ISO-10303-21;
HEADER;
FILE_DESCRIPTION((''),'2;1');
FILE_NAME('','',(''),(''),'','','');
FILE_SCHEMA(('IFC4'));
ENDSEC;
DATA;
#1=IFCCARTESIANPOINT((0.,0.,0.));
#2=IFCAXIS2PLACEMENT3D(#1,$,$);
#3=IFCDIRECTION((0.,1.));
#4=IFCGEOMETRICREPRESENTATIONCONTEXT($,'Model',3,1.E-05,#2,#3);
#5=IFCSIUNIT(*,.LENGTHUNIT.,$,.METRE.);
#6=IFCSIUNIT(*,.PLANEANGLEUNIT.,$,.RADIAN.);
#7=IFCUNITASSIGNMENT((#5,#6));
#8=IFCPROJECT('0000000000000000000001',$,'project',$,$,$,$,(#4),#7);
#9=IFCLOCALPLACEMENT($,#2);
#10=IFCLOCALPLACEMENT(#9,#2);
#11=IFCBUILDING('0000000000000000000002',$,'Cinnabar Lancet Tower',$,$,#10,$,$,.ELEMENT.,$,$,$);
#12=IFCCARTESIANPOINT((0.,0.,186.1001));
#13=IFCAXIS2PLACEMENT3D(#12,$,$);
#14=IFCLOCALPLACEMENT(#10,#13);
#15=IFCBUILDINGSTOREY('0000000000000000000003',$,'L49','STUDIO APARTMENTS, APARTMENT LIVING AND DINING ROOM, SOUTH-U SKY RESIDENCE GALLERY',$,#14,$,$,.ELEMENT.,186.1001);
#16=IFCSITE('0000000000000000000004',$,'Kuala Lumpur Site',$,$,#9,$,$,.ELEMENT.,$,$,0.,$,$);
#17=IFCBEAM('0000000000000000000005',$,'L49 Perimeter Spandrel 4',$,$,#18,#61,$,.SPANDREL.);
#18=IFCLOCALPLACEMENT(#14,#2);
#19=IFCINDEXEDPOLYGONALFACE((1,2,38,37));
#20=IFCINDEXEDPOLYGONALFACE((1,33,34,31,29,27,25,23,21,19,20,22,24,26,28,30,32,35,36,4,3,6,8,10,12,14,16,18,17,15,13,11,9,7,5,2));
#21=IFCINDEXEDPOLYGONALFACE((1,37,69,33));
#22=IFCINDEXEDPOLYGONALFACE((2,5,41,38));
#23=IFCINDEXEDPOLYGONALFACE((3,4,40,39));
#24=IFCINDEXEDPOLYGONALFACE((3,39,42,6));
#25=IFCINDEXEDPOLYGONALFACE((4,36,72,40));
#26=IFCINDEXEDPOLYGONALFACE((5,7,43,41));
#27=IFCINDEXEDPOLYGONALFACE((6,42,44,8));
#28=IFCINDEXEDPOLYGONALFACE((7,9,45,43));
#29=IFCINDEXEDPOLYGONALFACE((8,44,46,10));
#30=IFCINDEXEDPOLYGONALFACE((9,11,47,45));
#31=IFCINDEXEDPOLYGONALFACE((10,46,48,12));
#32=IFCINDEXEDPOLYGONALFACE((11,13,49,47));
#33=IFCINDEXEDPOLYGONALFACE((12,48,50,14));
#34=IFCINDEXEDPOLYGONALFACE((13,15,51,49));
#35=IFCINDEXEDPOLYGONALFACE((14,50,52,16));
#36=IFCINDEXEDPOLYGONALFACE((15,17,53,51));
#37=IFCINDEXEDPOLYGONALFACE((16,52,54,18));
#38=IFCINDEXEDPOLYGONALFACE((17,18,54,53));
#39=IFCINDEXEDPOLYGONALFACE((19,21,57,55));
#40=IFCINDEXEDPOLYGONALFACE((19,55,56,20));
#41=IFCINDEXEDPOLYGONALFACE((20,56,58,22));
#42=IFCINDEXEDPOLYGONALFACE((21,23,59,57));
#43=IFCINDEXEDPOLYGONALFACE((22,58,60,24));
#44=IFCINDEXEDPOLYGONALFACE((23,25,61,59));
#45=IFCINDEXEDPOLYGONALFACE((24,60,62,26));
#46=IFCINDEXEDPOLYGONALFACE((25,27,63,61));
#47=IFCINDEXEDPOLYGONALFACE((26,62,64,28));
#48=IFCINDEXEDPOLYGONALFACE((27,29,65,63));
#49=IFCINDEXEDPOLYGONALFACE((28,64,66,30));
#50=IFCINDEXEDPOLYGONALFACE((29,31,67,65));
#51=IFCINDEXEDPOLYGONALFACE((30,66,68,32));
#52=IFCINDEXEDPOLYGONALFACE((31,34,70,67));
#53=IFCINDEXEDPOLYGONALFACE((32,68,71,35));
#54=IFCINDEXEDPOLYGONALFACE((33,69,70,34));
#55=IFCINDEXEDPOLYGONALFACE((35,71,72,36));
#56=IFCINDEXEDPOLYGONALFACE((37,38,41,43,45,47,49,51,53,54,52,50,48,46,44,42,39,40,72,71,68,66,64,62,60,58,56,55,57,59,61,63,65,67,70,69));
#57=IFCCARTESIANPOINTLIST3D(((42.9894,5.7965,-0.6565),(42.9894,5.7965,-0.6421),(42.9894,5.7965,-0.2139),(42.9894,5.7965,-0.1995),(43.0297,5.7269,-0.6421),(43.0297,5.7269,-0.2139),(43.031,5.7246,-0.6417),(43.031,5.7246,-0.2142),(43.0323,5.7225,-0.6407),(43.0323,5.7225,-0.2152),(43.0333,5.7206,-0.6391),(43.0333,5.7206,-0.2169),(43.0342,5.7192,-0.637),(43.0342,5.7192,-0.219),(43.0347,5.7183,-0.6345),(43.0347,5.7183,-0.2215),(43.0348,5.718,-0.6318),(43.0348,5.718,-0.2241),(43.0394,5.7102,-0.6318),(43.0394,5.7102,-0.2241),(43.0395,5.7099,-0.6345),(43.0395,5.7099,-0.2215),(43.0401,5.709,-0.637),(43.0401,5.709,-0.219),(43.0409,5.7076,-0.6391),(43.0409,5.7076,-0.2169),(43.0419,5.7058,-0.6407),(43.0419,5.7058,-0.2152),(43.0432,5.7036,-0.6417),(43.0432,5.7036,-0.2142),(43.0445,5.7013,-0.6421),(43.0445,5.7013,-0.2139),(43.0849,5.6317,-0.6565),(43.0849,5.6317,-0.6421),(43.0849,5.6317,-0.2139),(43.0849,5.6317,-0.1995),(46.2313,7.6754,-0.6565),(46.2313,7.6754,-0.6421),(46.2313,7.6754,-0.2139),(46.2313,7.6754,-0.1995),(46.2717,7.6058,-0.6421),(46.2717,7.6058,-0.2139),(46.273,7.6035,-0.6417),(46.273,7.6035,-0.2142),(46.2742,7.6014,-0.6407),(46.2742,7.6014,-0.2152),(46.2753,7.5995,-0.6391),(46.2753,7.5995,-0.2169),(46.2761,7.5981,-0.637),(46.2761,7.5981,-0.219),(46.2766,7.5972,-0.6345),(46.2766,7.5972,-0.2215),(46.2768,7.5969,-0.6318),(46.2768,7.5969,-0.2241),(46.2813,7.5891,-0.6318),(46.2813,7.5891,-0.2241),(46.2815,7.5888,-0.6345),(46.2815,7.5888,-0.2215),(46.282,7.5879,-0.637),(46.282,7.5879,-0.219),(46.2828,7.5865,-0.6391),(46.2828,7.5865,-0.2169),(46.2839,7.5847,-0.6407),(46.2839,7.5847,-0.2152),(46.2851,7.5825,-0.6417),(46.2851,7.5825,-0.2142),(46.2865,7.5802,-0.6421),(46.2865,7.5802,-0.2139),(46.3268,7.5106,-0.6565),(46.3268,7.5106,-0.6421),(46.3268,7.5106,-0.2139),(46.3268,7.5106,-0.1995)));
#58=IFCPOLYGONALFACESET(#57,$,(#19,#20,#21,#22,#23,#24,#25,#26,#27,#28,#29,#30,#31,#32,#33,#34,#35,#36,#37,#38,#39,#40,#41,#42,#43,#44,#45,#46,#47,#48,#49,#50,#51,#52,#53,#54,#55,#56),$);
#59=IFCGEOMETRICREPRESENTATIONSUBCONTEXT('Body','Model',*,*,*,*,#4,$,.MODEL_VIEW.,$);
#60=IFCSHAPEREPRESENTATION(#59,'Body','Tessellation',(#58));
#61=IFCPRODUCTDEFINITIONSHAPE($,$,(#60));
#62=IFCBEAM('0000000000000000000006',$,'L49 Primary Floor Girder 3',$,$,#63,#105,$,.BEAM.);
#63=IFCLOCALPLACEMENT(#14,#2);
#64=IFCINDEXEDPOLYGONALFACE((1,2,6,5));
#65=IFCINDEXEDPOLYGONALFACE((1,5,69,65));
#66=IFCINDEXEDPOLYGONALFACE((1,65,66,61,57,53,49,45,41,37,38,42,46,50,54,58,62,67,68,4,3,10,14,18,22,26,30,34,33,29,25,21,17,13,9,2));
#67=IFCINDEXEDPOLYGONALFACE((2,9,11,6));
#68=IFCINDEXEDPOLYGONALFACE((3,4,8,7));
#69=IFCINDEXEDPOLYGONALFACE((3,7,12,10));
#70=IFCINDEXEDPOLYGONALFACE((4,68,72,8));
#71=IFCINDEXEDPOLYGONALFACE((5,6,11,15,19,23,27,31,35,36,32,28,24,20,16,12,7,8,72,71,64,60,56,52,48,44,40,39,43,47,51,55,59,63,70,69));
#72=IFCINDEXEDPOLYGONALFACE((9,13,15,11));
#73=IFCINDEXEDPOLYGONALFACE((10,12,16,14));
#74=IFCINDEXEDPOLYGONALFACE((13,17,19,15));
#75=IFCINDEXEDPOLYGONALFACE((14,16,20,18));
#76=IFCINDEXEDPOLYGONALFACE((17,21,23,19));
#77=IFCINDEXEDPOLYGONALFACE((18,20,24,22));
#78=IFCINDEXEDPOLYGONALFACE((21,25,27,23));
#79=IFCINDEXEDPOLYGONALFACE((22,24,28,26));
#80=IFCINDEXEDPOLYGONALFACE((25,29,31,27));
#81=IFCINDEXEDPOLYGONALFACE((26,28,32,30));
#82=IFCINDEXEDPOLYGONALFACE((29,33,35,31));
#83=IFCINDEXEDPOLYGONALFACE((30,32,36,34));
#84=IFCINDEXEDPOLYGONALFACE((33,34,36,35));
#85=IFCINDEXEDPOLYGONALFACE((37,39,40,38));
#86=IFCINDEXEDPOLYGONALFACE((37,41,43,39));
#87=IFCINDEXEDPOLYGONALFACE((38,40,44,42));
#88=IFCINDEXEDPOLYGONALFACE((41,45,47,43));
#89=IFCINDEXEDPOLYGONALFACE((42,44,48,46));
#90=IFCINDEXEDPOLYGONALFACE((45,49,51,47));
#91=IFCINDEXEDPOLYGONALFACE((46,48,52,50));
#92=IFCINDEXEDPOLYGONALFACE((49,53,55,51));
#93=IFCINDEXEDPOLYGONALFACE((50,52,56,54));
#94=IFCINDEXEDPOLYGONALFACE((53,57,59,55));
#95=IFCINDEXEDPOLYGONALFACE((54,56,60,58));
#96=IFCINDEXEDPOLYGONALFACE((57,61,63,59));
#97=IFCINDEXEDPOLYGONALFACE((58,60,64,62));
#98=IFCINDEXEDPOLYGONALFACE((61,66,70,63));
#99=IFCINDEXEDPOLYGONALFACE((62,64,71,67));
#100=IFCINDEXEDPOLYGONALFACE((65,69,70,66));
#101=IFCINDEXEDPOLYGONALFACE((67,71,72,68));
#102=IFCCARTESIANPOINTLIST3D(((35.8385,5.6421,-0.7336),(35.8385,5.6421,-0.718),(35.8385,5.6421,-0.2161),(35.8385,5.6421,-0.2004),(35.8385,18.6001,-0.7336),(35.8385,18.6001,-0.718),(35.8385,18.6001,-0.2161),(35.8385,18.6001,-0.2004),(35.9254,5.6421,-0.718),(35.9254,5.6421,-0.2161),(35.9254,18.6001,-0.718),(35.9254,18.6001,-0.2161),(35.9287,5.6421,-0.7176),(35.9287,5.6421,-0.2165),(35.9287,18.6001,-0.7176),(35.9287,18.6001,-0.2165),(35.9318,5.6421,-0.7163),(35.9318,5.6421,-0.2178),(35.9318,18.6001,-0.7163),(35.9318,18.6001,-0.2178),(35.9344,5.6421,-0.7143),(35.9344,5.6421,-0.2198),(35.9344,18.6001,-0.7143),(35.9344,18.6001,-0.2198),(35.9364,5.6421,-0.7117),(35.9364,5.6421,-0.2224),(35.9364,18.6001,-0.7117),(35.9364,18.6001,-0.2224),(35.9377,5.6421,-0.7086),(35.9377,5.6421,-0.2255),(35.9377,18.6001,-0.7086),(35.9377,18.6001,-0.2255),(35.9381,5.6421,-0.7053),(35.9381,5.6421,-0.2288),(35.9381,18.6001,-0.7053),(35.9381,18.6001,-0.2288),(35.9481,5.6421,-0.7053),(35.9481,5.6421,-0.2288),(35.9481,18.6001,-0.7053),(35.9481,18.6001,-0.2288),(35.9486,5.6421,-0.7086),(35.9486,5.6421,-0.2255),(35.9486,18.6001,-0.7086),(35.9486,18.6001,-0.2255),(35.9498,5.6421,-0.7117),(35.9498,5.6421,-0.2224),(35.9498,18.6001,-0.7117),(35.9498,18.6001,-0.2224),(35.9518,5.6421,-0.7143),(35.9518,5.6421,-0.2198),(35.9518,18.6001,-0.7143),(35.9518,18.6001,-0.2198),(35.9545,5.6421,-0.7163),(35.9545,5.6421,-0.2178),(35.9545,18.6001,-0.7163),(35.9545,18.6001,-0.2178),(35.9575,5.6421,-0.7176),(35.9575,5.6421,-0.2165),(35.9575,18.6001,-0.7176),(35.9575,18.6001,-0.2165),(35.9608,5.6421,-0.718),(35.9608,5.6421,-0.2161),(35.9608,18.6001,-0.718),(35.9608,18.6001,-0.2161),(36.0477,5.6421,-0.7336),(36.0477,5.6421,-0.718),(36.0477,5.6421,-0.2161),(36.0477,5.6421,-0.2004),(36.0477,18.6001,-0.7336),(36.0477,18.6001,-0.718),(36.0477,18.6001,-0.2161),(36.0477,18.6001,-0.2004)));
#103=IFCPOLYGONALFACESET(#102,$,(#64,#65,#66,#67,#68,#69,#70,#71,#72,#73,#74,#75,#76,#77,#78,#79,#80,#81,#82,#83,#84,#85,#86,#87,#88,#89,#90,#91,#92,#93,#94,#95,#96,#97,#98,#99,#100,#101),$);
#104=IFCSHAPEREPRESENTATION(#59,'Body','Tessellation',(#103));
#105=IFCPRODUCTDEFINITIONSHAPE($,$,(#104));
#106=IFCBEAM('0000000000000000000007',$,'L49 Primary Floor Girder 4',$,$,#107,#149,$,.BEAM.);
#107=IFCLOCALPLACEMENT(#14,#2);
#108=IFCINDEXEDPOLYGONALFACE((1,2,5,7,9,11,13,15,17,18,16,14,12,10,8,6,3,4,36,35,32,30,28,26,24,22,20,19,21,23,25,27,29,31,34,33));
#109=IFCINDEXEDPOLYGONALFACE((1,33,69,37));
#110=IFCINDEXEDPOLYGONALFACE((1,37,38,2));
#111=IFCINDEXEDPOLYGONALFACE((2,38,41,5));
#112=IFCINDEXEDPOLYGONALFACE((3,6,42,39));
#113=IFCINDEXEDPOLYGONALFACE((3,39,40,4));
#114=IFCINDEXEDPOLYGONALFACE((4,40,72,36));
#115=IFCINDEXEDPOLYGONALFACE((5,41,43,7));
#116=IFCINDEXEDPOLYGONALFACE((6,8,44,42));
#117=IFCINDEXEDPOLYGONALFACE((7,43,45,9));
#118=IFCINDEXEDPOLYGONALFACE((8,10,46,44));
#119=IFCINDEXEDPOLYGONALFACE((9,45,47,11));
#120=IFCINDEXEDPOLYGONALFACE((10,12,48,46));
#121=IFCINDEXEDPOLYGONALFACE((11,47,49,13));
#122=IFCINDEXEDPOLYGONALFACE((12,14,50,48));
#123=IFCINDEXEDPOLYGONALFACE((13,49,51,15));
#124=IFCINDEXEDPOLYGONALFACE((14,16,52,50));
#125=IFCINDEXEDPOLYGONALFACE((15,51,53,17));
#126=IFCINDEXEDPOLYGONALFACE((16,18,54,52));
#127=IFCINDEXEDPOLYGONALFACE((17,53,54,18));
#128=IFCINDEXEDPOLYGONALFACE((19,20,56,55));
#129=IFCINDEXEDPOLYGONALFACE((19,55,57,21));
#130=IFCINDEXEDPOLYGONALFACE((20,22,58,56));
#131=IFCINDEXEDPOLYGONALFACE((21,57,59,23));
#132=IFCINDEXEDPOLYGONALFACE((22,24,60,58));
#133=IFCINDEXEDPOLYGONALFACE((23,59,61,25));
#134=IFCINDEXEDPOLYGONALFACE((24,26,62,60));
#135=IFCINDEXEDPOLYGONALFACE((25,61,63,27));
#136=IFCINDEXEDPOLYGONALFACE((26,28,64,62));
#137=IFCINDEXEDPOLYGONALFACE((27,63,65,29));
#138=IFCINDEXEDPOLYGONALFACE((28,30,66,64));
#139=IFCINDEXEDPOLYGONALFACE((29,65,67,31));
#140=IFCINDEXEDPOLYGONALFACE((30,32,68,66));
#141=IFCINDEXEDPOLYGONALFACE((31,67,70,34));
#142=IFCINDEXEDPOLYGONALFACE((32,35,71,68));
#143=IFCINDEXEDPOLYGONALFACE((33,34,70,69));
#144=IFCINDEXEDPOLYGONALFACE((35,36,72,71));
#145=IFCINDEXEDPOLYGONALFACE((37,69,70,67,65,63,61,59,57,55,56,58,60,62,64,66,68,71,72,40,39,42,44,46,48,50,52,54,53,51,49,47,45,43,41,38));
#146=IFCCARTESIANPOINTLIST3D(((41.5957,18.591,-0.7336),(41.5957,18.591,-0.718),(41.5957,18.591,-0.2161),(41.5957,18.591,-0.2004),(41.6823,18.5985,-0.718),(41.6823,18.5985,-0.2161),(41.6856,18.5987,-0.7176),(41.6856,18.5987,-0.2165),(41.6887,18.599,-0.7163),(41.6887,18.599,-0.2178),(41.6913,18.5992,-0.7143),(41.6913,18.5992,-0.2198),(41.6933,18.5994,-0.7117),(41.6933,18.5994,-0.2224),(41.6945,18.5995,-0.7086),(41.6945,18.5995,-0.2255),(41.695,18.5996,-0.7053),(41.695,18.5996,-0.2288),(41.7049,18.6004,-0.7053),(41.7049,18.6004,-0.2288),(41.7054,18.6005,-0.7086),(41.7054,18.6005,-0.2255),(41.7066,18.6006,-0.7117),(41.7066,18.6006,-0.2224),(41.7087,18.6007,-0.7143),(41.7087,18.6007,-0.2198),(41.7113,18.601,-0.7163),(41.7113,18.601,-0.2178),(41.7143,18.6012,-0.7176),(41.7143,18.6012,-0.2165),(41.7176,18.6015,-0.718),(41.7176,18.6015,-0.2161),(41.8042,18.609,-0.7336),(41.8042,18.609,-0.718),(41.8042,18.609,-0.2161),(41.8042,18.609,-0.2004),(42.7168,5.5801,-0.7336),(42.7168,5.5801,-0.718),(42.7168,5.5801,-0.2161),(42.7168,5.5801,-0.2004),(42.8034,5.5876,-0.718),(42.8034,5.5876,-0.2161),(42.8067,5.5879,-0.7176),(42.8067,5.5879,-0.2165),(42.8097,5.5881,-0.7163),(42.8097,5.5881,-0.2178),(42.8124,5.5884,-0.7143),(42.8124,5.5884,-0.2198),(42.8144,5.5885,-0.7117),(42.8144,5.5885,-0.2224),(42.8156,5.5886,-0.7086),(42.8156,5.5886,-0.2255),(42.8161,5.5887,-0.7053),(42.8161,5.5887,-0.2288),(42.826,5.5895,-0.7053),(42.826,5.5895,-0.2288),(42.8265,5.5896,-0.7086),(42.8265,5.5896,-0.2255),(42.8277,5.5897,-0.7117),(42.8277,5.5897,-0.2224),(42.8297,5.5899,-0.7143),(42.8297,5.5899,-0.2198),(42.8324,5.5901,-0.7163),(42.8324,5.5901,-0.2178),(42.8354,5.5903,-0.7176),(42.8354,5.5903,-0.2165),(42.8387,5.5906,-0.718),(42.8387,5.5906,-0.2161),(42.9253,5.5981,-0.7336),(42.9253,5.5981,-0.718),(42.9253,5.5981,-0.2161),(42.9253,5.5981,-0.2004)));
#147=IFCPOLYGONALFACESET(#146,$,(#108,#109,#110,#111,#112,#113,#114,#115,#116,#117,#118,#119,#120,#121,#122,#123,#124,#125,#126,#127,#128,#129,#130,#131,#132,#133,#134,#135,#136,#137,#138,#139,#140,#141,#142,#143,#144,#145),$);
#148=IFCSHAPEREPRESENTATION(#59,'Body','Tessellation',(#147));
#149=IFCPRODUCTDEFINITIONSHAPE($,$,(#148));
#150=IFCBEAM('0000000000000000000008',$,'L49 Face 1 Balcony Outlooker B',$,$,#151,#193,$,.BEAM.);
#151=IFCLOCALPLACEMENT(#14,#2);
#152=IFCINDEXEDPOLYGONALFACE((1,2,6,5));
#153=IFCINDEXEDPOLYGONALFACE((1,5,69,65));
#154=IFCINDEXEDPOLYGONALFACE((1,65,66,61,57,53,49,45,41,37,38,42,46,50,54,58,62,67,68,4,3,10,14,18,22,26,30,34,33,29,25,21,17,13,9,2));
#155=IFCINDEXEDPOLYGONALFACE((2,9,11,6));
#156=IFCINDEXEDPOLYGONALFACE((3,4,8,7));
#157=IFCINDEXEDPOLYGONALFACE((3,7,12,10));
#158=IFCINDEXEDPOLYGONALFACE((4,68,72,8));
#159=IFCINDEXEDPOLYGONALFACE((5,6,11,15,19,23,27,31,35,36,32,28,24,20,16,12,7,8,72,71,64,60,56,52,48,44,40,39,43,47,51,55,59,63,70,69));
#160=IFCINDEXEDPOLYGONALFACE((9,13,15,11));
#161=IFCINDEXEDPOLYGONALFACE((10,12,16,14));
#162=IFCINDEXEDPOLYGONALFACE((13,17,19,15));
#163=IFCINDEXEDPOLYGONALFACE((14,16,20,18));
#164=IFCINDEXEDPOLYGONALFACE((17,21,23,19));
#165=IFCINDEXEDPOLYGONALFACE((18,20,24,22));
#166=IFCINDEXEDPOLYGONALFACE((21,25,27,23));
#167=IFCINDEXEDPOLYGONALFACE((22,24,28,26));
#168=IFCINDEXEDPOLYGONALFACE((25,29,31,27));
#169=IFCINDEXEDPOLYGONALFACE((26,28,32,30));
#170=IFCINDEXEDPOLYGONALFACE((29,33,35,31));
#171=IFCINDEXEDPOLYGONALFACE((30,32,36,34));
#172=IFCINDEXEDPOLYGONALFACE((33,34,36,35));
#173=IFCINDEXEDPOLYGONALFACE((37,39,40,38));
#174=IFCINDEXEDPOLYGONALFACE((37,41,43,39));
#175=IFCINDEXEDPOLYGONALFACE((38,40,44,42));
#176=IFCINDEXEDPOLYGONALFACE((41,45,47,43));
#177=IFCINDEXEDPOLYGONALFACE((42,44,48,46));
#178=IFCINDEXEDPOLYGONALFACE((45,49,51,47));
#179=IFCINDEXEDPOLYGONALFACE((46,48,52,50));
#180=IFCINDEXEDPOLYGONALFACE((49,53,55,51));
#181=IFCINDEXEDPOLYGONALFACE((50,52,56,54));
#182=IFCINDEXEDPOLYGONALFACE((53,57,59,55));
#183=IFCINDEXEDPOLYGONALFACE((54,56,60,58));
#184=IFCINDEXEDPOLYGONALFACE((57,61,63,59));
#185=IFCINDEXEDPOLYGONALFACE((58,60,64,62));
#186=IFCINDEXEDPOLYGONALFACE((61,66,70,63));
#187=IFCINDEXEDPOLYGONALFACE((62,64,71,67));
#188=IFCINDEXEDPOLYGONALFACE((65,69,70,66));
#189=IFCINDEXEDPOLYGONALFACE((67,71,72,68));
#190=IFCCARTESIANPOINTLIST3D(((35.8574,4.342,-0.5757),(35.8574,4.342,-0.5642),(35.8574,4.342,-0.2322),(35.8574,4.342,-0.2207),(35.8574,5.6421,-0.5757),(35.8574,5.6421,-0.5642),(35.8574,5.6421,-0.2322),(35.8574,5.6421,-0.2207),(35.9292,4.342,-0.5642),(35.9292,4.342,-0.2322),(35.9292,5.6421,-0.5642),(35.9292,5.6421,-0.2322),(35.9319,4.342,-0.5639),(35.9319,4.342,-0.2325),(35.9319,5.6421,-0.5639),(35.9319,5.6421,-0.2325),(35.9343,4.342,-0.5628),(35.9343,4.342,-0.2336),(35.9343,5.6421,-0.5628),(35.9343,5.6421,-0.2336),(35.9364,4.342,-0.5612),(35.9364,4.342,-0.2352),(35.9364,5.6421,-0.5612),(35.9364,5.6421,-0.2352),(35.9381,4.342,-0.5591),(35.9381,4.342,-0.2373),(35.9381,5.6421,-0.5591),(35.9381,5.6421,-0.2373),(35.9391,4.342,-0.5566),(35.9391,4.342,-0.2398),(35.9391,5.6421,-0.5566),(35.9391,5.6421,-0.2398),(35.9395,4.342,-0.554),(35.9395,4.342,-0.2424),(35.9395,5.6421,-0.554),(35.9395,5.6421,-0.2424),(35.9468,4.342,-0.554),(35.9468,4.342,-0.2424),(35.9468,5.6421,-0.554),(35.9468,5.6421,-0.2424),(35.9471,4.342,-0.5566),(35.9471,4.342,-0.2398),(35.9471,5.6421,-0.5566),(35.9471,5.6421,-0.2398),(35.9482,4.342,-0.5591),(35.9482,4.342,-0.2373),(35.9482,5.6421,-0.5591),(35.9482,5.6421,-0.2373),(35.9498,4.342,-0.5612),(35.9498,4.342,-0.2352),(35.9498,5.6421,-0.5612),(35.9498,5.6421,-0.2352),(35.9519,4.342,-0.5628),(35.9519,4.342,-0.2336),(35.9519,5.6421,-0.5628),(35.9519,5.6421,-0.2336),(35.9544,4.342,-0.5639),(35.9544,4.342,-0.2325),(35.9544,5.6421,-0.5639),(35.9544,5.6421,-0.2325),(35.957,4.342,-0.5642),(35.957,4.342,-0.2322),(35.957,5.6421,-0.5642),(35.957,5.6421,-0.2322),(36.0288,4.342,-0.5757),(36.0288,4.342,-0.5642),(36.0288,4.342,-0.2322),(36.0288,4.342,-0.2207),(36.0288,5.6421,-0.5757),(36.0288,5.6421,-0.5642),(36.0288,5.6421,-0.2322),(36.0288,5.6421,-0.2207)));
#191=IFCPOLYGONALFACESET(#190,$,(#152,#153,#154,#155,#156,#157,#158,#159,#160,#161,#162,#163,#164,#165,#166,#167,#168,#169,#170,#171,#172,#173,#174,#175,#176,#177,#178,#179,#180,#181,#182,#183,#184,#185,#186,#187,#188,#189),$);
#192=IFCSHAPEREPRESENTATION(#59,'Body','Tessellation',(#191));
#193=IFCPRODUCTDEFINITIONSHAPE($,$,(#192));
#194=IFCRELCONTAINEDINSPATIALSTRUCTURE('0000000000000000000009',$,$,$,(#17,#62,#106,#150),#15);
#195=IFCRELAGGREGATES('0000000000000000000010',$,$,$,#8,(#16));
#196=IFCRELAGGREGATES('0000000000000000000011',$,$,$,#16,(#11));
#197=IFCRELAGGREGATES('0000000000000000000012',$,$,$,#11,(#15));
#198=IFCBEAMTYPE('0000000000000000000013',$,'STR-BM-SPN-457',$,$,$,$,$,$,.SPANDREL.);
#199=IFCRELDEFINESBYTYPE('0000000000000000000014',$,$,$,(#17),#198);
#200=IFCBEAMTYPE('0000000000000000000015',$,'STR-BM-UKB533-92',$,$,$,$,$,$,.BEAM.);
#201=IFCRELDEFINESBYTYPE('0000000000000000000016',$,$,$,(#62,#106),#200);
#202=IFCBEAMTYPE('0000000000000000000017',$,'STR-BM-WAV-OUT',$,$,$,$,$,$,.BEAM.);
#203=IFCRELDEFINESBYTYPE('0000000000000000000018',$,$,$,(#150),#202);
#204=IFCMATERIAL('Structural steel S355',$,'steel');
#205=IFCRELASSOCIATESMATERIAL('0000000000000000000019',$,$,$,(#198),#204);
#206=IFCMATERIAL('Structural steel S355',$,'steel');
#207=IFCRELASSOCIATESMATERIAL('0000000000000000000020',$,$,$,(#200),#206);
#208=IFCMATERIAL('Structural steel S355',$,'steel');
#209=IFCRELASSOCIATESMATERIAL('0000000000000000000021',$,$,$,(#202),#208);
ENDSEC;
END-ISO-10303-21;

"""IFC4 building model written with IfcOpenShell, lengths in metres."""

from ifc_helpers import new_model, si_unit, direction, frame, origin, origin_2d, place, context, subcontext, project, spatial, i_section, extrude, material, material_profile, profile_set, type_object, element, save


model = new_model("IFC4")

# Units and contexts
model_context = context("Model", 3, precision=1e-05, world=origin(), true_north=direction((0.0, 1.0)))
body_context = subcontext(model_context, "Body", "Model", "MODEL_VIEW")
ifc_project = project(units=[si_unit("LENGTHUNIT", "METRE"), si_unit("PLANEANGLEUNIT", "RADIAN")], contexts=[model_context])

# Site, building, storey
site_placement = place(None, origin())
site = spatial("IfcSite", under=ifc_project, at=site_placement, Name="Kuala Lumpur Site", CompositionType="ELEMENT", RefElevation=0.0)
building_placement = place(site_placement, origin())
building = spatial("IfcBuilding", under=site, at=building_placement, Name="Cinnabar Lancet Tower", CompositionType="ELEMENT")
storey_placement = place(building_placement, frame((0.0, 0.0, 186.1001)))
storey = spatial("IfcBuildingStorey", under=building, at=storey_placement, Name="L49", Description="STUDIO APARTMENTS, APARTMENT LIVING AND DINING ROOM, SOUTH-U SKY RESIDENCE GALLERY", CompositionType="ELEMENT", Elevation=186.1001)

# Beams
ifc_material_1 = material(Name="Structural steel S355", Category="steel")
ifc_material_profile_1 = material_profile(ifc_material_1, i_section(OverallWidth=0.1904, OverallDepth=0.457, WebThickness=0.009, FlangeThickness=0.0144, FilletRadius=0.0103, at=origin_2d()), Name="UKB 457x191x74")
ifc_profile_set_1 = profile_set([ifc_material_profile_1], Name="Structural steel S355")
beam_type_1 = type_object("IfcBeamType", Name="STR-BM-SPN-457", PredefinedType="SPANDREL", material=ifc_profile_set_1)
beam_1_placement = place(storey_placement, frame((43.0371, 5.7141, -0.428), z_axis=(0.865196, 0.501434, 0.0), x_axis=(-0.501434, 0.865196, 0.0)))
element("IfcBeam", 1, at=beam_1_placement, inside=storey, type_object=beam_type_1, Name="L49 Perimeter Spandrel 4", PredefinedType="SPANDREL", context=body_context, shape_type="SweptSolid", body=[
    extrude(i_section(OverallWidth=0.1904, OverallDepth=0.457, WebThickness=0.009, FlangeThickness=0.0144, FilletRadius=0.0103, at=origin_2d()), origin(), (0.0, 0.0, 1.0), 3.7471),
])
ifc_material_2 = material(Name="Structural steel S355", Category="steel")
ifc_material_profile_2 = material_profile(ifc_material_2, i_section(OverallWidth=0.2092, OverallDepth=0.5332, WebThickness=0.01, FlangeThickness=0.0156, FilletRadius=0.0127, at=origin_2d()), Name="UKB 533x210x92")
ifc_profile_set_2 = profile_set([ifc_material_profile_2], Name="Structural steel S355")
beam_type_2 = type_object("IfcBeamType", Name="STR-BM-UKB533-92", PredefinedType="BEAM", material=ifc_profile_set_2)
beam_2_placement = place(storey_placement, frame((35.9431, 5.6421, -0.467), z_axis=(0.0, 1.0, 0.0), x_axis=(-1.0, 0.0, 0.0)))
element("IfcBeam", 2, at=beam_2_placement, inside=storey, type_object=beam_type_2, Name="L49 Primary Floor Girder 3", PredefinedType="BEAM", context=body_context, shape_type="SweptSolid", body=[
    extrude(i_section(OverallWidth=0.2092, OverallDepth=0.5332, WebThickness=0.01, FlangeThickness=0.0156, FilletRadius=0.0127, at=origin_2d()), origin(), (0.0, 0.0, 1.0), 12.958),
])
beam_3_placement = place(storey_placement, frame((42.821, 5.5891, -0.467), z_axis=(-0.085847, 0.996308, 0.0), x_axis=(-0.996308, -0.085847, 0.0)))
element("IfcBeam", 3, at=beam_3_placement, inside=storey, type_object=beam_type_2, Name="L49 Primary Floor Girder 4", PredefinedType="BEAM", context=body_context, shape_type="SweptSolid", body=[
    extrude(i_section(OverallWidth=0.2092, OverallDepth=0.5332, WebThickness=0.01, FlangeThickness=0.0156, FilletRadius=0.0127, at=origin_2d()), origin(), (0.0, 0.0, 1.0), 13.0591),
])
ifc_material_3 = material(Name="Structural steel S355", Category="steel")
ifc_material_profile_3 = material_profile(ifc_material_3, i_section(OverallWidth=0.1714, OverallDepth=0.355, WebThickness=0.0073, FlangeThickness=0.0115, FilletRadius=0.0103, at=origin_2d()), Name="UKB 356x171x51")
ifc_profile_set_3 = profile_set([ifc_material_profile_3], Name="Structural steel S355")
beam_type_3 = type_object("IfcBeamType", Name="STR-BM-WAV-OUT", PredefinedType="BEAM", material=ifc_profile_set_3)
beam_4_placement = place(storey_placement, frame((35.9431, 5.6421, -0.3982), z_axis=(0.0, -1.0, 0.0), x_axis=(1.0, 0.0, 0.0)))
element("IfcBeam", 4, at=beam_4_placement, inside=storey, type_object=beam_type_3, Name="L49 Face 1 Balcony Outlooker B", PredefinedType="BEAM", context=body_context, shape_type="SweptSolid", body=[
    extrude(i_section(OverallWidth=0.1714, OverallDepth=0.355, WebThickness=0.0073, FlangeThickness=0.0115, FilletRadius=0.0103, at=origin_2d()), origin(), (0.0, 0.0, 1.0), 1.3),
])

save(model, "model.ifc")
